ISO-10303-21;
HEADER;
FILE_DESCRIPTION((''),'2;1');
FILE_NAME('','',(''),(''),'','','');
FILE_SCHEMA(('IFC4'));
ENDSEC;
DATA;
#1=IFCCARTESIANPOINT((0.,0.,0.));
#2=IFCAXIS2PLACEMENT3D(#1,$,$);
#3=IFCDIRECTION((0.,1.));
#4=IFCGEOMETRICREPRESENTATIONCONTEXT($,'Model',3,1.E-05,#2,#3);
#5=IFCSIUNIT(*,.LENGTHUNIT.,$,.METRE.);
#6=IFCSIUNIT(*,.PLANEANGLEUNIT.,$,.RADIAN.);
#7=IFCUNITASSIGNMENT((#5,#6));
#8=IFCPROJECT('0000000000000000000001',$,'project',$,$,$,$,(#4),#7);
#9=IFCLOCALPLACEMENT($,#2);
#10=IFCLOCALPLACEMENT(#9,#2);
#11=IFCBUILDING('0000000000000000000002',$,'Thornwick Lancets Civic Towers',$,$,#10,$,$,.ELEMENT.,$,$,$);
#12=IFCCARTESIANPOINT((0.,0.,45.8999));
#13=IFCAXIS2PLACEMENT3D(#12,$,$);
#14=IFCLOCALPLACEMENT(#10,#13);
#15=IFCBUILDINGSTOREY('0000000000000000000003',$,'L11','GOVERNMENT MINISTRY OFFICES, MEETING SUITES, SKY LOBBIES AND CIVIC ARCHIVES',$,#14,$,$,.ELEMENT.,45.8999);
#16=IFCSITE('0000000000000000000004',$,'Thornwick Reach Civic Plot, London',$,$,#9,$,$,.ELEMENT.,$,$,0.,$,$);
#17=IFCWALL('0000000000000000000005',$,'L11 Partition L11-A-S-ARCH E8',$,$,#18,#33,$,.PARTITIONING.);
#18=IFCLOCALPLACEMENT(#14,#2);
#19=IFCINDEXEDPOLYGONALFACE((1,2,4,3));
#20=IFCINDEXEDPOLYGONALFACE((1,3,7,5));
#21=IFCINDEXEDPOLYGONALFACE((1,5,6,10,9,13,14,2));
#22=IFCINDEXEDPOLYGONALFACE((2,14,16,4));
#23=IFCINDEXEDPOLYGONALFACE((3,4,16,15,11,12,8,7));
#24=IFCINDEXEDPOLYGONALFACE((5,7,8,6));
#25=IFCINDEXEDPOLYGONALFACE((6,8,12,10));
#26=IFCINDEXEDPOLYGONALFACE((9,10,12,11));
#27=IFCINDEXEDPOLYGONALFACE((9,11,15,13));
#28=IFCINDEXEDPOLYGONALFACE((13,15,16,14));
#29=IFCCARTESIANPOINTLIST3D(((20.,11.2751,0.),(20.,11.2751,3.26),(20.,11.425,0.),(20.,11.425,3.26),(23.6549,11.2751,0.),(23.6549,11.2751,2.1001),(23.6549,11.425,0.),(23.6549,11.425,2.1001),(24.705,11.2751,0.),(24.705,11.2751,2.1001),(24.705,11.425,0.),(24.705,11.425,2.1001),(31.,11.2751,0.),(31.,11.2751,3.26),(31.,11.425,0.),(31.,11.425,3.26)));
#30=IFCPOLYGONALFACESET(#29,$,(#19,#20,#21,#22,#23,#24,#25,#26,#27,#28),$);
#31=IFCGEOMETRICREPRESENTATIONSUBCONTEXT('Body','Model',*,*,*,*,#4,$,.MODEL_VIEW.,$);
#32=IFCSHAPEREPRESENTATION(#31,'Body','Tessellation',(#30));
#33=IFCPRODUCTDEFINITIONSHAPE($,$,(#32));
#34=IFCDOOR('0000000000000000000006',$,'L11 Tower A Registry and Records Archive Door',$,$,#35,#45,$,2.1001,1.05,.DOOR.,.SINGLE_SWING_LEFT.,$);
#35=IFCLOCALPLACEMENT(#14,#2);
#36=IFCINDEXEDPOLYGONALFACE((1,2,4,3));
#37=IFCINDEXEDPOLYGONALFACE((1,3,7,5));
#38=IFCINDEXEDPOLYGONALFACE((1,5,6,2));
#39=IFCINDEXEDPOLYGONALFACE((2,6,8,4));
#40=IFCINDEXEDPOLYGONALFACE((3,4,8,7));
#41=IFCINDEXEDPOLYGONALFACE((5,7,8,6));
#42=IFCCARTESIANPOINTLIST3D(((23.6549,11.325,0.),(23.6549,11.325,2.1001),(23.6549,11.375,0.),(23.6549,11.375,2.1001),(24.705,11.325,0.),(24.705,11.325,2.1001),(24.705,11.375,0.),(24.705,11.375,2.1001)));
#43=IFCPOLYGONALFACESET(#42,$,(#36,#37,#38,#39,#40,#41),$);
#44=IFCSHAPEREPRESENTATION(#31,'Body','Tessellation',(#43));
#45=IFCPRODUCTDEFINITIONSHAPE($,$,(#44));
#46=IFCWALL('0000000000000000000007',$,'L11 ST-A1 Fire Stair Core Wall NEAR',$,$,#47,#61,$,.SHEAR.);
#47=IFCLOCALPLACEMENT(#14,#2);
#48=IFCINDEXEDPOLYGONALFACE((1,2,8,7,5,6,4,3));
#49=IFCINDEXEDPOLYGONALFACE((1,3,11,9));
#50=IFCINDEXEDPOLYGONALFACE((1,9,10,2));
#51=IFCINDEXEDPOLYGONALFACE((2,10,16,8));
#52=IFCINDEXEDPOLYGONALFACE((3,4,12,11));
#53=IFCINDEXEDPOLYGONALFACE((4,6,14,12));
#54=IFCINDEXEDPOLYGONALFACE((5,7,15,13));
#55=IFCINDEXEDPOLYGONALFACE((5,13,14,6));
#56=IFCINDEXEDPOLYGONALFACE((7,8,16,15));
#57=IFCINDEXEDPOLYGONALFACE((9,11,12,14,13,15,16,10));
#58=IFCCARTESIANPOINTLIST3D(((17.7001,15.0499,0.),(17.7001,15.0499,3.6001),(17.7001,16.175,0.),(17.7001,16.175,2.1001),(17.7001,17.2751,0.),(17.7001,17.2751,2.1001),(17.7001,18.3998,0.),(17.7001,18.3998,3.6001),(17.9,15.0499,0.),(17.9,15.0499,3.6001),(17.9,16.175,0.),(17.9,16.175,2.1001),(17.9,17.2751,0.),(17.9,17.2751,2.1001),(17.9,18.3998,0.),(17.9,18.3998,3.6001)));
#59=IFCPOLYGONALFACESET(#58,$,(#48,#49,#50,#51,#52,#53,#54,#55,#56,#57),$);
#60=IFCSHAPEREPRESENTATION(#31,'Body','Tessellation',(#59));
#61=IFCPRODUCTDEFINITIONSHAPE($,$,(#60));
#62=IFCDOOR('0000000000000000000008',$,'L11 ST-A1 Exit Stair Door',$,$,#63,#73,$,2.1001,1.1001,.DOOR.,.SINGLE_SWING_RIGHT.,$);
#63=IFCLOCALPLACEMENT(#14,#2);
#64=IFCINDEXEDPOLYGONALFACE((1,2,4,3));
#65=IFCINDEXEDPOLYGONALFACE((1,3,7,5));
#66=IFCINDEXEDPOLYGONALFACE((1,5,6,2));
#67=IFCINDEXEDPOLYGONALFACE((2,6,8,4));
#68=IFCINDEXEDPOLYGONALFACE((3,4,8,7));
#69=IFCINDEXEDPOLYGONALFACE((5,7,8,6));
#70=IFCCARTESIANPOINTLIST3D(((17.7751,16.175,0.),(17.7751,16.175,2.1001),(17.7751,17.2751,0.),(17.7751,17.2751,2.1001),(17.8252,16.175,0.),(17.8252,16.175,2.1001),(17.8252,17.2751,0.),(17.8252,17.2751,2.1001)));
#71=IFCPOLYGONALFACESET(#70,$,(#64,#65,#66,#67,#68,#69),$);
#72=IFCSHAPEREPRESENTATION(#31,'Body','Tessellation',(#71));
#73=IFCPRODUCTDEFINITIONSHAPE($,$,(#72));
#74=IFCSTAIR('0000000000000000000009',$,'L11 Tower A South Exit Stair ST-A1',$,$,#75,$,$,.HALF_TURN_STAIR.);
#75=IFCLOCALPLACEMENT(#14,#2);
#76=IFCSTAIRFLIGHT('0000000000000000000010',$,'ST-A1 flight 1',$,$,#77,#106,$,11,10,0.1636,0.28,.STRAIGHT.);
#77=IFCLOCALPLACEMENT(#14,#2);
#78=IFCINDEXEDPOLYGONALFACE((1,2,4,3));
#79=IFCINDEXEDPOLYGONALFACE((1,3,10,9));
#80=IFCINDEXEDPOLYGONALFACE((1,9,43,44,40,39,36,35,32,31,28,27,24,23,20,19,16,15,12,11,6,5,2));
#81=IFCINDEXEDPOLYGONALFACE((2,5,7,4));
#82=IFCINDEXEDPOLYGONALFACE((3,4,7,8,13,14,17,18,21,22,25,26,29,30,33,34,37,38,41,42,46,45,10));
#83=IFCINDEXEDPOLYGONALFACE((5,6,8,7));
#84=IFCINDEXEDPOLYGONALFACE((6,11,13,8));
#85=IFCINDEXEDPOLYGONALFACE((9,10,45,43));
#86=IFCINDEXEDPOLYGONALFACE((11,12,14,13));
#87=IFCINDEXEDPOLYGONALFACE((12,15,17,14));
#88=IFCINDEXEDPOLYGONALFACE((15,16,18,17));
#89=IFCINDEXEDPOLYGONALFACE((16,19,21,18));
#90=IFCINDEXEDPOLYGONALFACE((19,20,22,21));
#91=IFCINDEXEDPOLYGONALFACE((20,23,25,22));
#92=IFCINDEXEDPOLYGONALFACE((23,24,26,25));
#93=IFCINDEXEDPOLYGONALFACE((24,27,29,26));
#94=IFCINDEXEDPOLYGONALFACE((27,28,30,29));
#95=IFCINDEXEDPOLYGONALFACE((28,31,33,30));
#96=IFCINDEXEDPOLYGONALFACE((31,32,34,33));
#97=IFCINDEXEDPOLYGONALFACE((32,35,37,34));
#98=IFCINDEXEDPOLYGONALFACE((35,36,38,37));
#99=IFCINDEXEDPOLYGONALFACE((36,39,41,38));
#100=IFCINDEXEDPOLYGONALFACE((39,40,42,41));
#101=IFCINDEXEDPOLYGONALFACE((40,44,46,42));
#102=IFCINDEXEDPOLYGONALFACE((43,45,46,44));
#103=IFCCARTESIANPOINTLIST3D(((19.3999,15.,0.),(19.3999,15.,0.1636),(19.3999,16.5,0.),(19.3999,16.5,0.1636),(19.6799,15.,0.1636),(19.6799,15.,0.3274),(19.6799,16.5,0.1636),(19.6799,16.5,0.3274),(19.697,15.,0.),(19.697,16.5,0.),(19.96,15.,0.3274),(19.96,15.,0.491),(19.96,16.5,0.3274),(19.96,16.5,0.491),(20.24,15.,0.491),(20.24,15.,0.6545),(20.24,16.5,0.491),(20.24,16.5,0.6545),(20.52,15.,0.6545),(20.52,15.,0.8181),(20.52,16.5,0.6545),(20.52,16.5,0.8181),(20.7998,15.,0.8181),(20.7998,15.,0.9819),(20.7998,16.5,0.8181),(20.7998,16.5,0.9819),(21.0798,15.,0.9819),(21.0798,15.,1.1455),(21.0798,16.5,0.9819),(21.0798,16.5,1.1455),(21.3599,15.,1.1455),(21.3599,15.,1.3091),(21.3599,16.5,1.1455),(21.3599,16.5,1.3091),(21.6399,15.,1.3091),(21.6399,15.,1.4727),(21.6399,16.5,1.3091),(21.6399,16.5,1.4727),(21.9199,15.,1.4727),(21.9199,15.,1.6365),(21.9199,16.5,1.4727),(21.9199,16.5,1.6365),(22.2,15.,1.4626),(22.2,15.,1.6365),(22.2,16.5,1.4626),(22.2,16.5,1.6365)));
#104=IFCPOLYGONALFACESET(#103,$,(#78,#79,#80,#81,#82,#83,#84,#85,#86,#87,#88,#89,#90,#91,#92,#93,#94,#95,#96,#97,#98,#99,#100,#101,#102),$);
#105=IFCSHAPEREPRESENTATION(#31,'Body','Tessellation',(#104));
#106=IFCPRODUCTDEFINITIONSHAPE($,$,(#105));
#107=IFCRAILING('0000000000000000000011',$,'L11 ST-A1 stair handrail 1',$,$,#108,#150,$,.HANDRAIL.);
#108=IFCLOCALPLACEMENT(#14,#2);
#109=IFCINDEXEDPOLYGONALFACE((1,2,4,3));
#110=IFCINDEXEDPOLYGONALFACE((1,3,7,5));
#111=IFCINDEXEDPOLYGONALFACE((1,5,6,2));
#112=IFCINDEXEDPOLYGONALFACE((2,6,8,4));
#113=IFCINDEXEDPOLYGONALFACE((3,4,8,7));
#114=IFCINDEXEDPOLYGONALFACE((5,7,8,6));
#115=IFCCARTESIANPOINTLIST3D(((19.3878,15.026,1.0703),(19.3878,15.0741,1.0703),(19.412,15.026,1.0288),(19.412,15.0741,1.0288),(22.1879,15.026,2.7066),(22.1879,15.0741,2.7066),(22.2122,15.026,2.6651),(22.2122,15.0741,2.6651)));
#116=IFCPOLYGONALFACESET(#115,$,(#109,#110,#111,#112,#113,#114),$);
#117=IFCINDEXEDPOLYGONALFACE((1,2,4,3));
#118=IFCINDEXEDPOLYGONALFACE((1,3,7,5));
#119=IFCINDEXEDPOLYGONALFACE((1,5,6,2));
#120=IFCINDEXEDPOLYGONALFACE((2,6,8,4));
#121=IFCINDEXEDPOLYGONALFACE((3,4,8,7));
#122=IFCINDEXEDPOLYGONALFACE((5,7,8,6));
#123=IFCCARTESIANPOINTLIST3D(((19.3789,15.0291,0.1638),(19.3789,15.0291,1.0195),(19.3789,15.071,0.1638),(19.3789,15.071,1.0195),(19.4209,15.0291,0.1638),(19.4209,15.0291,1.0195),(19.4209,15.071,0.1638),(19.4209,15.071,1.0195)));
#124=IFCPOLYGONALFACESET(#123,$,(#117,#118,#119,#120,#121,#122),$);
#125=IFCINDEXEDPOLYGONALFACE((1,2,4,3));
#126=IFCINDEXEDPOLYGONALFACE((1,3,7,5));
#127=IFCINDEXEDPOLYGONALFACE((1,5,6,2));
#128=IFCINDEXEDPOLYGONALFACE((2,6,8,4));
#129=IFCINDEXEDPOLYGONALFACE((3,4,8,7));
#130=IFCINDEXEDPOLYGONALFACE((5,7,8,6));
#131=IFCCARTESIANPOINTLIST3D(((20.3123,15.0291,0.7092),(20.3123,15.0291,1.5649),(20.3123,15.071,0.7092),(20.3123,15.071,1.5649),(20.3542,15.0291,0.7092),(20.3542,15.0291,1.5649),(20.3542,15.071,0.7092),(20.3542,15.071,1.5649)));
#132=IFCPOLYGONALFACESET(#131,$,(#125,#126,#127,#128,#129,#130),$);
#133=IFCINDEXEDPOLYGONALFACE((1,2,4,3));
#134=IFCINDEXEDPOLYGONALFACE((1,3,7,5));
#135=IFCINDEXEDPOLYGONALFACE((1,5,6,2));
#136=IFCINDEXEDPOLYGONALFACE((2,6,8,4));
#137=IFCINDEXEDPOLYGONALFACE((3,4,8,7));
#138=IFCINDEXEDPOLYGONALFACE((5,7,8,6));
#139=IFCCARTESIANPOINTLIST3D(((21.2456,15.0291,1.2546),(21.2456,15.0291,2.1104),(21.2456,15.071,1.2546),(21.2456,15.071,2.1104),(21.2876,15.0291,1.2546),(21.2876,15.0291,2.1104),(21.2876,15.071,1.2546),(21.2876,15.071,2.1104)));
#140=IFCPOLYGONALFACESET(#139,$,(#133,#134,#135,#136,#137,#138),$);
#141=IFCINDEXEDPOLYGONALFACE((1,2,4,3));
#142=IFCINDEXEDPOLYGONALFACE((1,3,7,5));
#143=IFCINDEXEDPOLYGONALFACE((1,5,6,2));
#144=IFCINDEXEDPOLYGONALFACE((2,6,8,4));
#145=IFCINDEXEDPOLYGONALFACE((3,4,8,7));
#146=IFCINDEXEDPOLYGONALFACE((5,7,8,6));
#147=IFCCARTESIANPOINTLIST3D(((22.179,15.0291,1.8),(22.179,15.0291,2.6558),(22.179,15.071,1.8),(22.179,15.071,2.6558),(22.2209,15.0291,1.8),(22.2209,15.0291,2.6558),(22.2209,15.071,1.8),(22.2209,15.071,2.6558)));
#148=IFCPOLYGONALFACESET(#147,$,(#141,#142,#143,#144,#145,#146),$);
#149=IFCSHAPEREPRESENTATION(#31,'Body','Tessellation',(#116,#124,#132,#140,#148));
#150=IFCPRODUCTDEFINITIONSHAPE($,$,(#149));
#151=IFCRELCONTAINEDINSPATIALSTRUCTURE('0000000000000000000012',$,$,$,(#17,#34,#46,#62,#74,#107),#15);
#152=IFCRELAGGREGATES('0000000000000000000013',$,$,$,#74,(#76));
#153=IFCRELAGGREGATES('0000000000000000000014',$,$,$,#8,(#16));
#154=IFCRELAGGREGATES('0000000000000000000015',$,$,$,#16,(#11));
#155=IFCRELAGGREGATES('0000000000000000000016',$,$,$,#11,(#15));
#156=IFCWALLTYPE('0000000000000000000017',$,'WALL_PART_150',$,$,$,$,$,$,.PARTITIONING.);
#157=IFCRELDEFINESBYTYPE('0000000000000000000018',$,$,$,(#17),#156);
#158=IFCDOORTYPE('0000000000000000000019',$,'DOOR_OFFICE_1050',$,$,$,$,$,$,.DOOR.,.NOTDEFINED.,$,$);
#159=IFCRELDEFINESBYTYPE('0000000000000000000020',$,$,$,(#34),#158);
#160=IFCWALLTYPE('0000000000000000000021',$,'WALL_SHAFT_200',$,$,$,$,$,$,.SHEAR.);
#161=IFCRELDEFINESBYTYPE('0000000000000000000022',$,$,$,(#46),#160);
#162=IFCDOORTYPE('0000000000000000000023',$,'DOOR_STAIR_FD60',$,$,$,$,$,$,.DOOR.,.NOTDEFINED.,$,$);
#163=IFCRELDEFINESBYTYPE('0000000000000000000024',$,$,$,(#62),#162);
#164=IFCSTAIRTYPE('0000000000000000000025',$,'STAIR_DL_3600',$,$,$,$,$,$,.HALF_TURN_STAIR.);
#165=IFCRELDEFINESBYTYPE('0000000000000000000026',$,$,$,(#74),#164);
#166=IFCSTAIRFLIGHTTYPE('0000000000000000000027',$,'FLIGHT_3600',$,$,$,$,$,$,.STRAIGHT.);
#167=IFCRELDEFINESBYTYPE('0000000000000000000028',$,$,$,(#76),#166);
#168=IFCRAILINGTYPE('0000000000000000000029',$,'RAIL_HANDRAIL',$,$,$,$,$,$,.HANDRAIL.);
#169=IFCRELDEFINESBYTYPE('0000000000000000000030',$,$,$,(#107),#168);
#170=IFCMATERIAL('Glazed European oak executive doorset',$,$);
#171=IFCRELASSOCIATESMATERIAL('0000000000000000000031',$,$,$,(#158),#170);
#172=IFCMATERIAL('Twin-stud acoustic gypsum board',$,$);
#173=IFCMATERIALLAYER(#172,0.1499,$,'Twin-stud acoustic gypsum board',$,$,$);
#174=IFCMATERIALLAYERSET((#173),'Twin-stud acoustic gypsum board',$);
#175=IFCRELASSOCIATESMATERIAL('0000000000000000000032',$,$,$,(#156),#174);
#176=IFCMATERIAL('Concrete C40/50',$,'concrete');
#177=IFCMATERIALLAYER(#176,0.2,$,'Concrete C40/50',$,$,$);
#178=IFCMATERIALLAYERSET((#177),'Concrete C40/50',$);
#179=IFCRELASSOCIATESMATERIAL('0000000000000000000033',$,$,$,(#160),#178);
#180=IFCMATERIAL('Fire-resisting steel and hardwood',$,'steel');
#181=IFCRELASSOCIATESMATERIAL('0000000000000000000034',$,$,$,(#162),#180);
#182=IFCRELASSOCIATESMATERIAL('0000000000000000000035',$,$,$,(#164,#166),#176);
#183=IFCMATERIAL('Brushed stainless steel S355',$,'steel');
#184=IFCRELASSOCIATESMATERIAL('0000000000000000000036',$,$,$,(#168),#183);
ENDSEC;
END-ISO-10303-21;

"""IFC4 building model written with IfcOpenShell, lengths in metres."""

from ifc_helpers import new_model, si_unit, direction, frame, frame_2d, origin, origin_2d, place, context, subcontext, project, spatial, polyline, rectangle, outline, extrude, material, layer, layer_set, type_object, element, fill, aggregate, save


model = new_model("IFC4")

# Units and contexts
model_context = context("Model", 3, precision=1e-05, world=origin(), true_north=direction((0.0, 1.0)))
body_context = subcontext(model_context, "Body", "Model", "MODEL_VIEW")
ifc_project = project(units=[si_unit("LENGTHUNIT", "METRE"), si_unit("PLANEANGLEUNIT", "RADIAN")], contexts=[model_context])

# Site, building, storey
site_placement = place(None, origin())
site = spatial("IfcSite", under=ifc_project, at=site_placement, Name="Thornwick Reach Civic Plot, London", CompositionType="ELEMENT", RefElevation=0.0)
building_placement = place(site_placement, origin())
building = spatial("IfcBuilding", under=site, at=building_placement, Name="Thornwick Lancets Civic Towers", CompositionType="ELEMENT")
storey_placement = place(building_placement, frame((0.0, 0.0, 45.8999)))
storey = spatial("IfcBuildingStorey", under=building, at=storey_placement, Name="L11", Description="GOVERNMENT MINISTRY OFFICES, MEETING SUITES, SKY LOBBIES AND CIVIC ARCHIVES", CompositionType="ELEMENT", Elevation=45.8999)

# Shared definitions
ifc_material_1 = material(Name="Concrete C40/50", Category="concrete")

# Shared definitions
ifc_material_2 = material(Name="Glazed European oak executive doorset")
door_type_1 = type_object("IfcDoorType", Name="DOOR_OFFICE_1050", OperationType="NOTDEFINED", PredefinedType="DOOR", material=ifc_material_2)

# Walls, openings, doors
ifc_material_3 = material(Name="Twin-stud acoustic gypsum board")
ifc_layer_1 = layer(ifc_material_3, 0.1499, Name="Twin-stud acoustic gypsum board")
ifc_layer_set_1 = layer_set([ifc_layer_1], Name="Twin-stud acoustic gypsum board")
wall_type_1 = type_object("IfcWallType", Name="WALL_PART_150", PredefinedType="PARTITIONING", material=ifc_layer_set_1)
wall_1_placement = place(storey_placement, frame((20.0, 11.3501, 0.0), z_axis=(0.0, 0.0, 1.0), x_axis=(1.0, 0.0, 0.0)))
wall_1 = element("IfcWall", 1, at=wall_1_placement, inside=storey, type_object=wall_type_1, Name="L11 Partition L11-A-S-ARCH E8", PredefinedType="PARTITIONING", context=body_context, shape_type="SweptSolid", body=[
    extrude(rectangle(XDim=11.0, YDim=0.1499, at=frame_2d((5.5, 0.0))), origin(), (0.0, 0.0, 1.0), 3.26),
])
opening_1_placement = place(wall_1_placement, frame((3.655, 0.0, 0.0)))
opening_1 = element("IfcOpeningElement", 2, at=opening_1_placement, cuts=wall_1, PredefinedType="OPENING", context=body_context, shape_type="SweptSolid", body=[
    extrude(rectangle(XDim=1.05, YDim=2.1001, at=frame_2d((0.5249, 1.05))), frame((0.0, 0.085, 0.0), z_axis=(0.0, -1.0, 0.0), x_axis=(1.0, 0.0, 0.0)), (0.0, 0.0, 1.0), 0.1699),
])
door_1_placement = place(opening_1_placement, origin())
door_1 = element("IfcDoor", 3, at=door_1_placement, inside=storey, type_object=door_type_1, Name="L11 Tower A Registry and Records Archive Door", OperationType="SINGLE_SWING_LEFT", OverallHeight=2.1001, OverallWidth=1.05, PredefinedType="DOOR", context=body_context, shape_type="SweptSolid", body=[
    extrude(rectangle(XDim=1.05, YDim=2.1001, at=frame_2d((0.5249, 1.05))), frame((0.0, 0.0249, 0.0), z_axis=(0.0, -1.0, 0.0), x_axis=(1.0, 0.0, 0.0)), (0.0, 0.0, 1.0), 0.05),
])
fill(opening_1, door_1)
ifc_layer_2 = layer(ifc_material_1, 0.2, Name="Concrete C40/50")
ifc_layer_set_2 = layer_set([ifc_layer_2], Name="Concrete C40/50")
wall_type_2 = type_object("IfcWallType", Name="WALL_SHAFT_200", PredefinedType="SHEAR", material=ifc_layer_set_2)
wall_2_placement = place(storey_placement, frame((17.8, 15.05, 0.0), z_axis=(0.0, 0.0, 1.0), x_axis=(0.0, 1.0, 0.0)))
wall_2 = element("IfcWall", 4, at=wall_2_placement, inside=storey, type_object=wall_type_2, Name="L11 ST-A1 Fire Stair Core Wall NEAR", PredefinedType="SHEAR", context=body_context, shape_type="SweptSolid", body=[
    extrude(rectangle(XDim=3.3499, YDim=0.2, at=frame_2d((1.6748, 0.0))), origin(), (0.0, 0.0, 1.0), 3.6001),
])
opening_2_placement = place(wall_2_placement, frame((1.125, 0.0, 0.0)))
opening_2 = element("IfcOpeningElement", 5, at=opening_2_placement, cuts=wall_2, PredefinedType="OPENING", context=body_context, shape_type="SweptSolid", body=[
    extrude(rectangle(XDim=1.1001, YDim=2.1001, at=frame_2d((0.55, 1.05))), frame((0.0, 0.1099, 0.0), z_axis=(0.0, -1.0, 0.0), x_axis=(1.0, 0.0, 0.0)), (0.0, 0.0, 1.0), 0.22),
])
ifc_material_4 = material(Name="Fire-resisting steel and hardwood", Category="steel")
door_type_2 = type_object("IfcDoorType", Name="DOOR_STAIR_FD60", OperationType="NOTDEFINED", PredefinedType="DOOR", material=ifc_material_4)
door_2_placement = place(opening_2_placement, origin())
door_2 = element("IfcDoor", 6, at=door_2_placement, inside=storey, type_object=door_type_2, Name="L11 ST-A1 Exit Stair Door", OperationType="SINGLE_SWING_RIGHT", OverallHeight=2.1001, OverallWidth=1.1001, PredefinedType="DOOR", context=body_context, shape_type="SweptSolid", body=[
    extrude(rectangle(XDim=1.1001, YDim=2.1001, at=frame_2d((0.55, 1.05))), frame((0.0, 0.0249, 0.0), z_axis=(0.0, -1.0, 0.0), x_axis=(1.0, 0.0, 0.0)), (0.0, 0.0, 1.0), 0.05),
])
fill(opening_2, door_2)

# Stair, stair flight
stair_type = type_object("IfcStairType", Name="STAIR_DL_3600", PredefinedType="HALF_TURN_STAIR", material=ifc_material_1)
stair_placement = place(storey_placement, origin())
stair = element("IfcStair", 7, at=stair_placement, inside=storey, type_object=stair_type, Name="L11 Tower A South Exit Stair ST-A1", PredefinedType="HALF_TURN_STAIR")
stair_flight_type = type_object("IfcStairFlightType", Name="FLIGHT_3600", PredefinedType="STRAIGHT", material=ifc_material_1)
stair_flight_placement = place(storey_placement, frame((19.3999, 15.75, 0.0), z_axis=(0.0, 0.0, 1.0), x_axis=(1.0, 0.0, 0.0)))
stair_flight = element("IfcStairFlight", 8, at=stair_flight_placement, type_object=stair_flight_type, Name="ST-A1 flight 1", NumberOfRisers=11, NumberOfTreads=10, PredefinedType="STRAIGHT", RiserHeight=0.1636, TreadLength=0.28, context=body_context, shape_type="SweptSolid", body=[
    extrude(outline(polyline([(0.0, 0.0), (0.0, 0.1636), (0.28, 0.1636), (0.28, 0.3274), (0.5601, 0.3274), (0.5601, 0.491), (0.8401, 0.491), (0.8401, 0.6545), (1.1201, 0.6545), (1.1201, 0.8181), (1.3999, 0.8181), (1.3999, 0.9819), (1.6799, 0.9819), (1.6799, 1.1455), (1.96, 1.1455), (1.96, 1.3091), (2.24, 1.3091), (2.24, 1.4727), (2.52, 1.4727), (2.52, 1.6365), (2.8, 1.6365), (2.8, 1.8), (2.8, 1.4626), (0.2971, 0.0), (0.0, 0.0)])), frame((0.0, 0.75, 0.0), z_axis=(0.0, -1.0, 0.0), x_axis=(1.0, 0.0, 0.0)), (0.0, 0.0, 1.0), 1.5),
])
aggregate(stair, [stair_flight])

# Railing
ifc_material_5 = material(Name="Brushed stainless steel S355", Category="steel")
railing_type_1 = type_object("IfcRailingType", Name="RAIL_HANDRAIL", PredefinedType="HANDRAIL", material=ifc_material_5)
railing_1_placement = place(storey_placement, frame((19.3999, 15.05, 0.1638)))
element("IfcRailing", 9, at=railing_1_placement, inside=storey, type_object=railing_type_1, Name="L11 ST-A1 stair handrail 1", PredefinedType="HANDRAIL", context=body_context, shape_type="SweptSolid", body=[
    extrude(rectangle(XDim=0.0481, YDim=0.0481, at=origin_2d()), frame((0.0, 0.0, 0.8857), z_axis=(0.863394, 0.0, 0.504531), x_axis=(0.0, 1.0, 0.0)), (0.0, 0.0, 1.0), 3.2432),
    extrude(rectangle(XDim=0.042, YDim=0.042, at=origin_2d()), origin(), (0.0, 0.0, 1.0), 0.8557),
    extrude(rectangle(XDim=0.042, YDim=0.042, at=origin_2d()), frame((0.9333, 0.0, 0.5454)), (0.0, 0.0, 1.0), 0.8557),
    extrude(rectangle(XDim=0.042, YDim=0.042, at=origin_2d()), frame((1.8667, 0.0, 1.0908)), (0.0, 0.0, 1.0), 0.8557),
    extrude(rectangle(XDim=0.042, YDim=0.042, at=origin_2d()), frame((2.8, 0.0, 1.6362)), (0.0, 0.0, 1.0), 0.8557),
])

save(model, "model.ifc")
